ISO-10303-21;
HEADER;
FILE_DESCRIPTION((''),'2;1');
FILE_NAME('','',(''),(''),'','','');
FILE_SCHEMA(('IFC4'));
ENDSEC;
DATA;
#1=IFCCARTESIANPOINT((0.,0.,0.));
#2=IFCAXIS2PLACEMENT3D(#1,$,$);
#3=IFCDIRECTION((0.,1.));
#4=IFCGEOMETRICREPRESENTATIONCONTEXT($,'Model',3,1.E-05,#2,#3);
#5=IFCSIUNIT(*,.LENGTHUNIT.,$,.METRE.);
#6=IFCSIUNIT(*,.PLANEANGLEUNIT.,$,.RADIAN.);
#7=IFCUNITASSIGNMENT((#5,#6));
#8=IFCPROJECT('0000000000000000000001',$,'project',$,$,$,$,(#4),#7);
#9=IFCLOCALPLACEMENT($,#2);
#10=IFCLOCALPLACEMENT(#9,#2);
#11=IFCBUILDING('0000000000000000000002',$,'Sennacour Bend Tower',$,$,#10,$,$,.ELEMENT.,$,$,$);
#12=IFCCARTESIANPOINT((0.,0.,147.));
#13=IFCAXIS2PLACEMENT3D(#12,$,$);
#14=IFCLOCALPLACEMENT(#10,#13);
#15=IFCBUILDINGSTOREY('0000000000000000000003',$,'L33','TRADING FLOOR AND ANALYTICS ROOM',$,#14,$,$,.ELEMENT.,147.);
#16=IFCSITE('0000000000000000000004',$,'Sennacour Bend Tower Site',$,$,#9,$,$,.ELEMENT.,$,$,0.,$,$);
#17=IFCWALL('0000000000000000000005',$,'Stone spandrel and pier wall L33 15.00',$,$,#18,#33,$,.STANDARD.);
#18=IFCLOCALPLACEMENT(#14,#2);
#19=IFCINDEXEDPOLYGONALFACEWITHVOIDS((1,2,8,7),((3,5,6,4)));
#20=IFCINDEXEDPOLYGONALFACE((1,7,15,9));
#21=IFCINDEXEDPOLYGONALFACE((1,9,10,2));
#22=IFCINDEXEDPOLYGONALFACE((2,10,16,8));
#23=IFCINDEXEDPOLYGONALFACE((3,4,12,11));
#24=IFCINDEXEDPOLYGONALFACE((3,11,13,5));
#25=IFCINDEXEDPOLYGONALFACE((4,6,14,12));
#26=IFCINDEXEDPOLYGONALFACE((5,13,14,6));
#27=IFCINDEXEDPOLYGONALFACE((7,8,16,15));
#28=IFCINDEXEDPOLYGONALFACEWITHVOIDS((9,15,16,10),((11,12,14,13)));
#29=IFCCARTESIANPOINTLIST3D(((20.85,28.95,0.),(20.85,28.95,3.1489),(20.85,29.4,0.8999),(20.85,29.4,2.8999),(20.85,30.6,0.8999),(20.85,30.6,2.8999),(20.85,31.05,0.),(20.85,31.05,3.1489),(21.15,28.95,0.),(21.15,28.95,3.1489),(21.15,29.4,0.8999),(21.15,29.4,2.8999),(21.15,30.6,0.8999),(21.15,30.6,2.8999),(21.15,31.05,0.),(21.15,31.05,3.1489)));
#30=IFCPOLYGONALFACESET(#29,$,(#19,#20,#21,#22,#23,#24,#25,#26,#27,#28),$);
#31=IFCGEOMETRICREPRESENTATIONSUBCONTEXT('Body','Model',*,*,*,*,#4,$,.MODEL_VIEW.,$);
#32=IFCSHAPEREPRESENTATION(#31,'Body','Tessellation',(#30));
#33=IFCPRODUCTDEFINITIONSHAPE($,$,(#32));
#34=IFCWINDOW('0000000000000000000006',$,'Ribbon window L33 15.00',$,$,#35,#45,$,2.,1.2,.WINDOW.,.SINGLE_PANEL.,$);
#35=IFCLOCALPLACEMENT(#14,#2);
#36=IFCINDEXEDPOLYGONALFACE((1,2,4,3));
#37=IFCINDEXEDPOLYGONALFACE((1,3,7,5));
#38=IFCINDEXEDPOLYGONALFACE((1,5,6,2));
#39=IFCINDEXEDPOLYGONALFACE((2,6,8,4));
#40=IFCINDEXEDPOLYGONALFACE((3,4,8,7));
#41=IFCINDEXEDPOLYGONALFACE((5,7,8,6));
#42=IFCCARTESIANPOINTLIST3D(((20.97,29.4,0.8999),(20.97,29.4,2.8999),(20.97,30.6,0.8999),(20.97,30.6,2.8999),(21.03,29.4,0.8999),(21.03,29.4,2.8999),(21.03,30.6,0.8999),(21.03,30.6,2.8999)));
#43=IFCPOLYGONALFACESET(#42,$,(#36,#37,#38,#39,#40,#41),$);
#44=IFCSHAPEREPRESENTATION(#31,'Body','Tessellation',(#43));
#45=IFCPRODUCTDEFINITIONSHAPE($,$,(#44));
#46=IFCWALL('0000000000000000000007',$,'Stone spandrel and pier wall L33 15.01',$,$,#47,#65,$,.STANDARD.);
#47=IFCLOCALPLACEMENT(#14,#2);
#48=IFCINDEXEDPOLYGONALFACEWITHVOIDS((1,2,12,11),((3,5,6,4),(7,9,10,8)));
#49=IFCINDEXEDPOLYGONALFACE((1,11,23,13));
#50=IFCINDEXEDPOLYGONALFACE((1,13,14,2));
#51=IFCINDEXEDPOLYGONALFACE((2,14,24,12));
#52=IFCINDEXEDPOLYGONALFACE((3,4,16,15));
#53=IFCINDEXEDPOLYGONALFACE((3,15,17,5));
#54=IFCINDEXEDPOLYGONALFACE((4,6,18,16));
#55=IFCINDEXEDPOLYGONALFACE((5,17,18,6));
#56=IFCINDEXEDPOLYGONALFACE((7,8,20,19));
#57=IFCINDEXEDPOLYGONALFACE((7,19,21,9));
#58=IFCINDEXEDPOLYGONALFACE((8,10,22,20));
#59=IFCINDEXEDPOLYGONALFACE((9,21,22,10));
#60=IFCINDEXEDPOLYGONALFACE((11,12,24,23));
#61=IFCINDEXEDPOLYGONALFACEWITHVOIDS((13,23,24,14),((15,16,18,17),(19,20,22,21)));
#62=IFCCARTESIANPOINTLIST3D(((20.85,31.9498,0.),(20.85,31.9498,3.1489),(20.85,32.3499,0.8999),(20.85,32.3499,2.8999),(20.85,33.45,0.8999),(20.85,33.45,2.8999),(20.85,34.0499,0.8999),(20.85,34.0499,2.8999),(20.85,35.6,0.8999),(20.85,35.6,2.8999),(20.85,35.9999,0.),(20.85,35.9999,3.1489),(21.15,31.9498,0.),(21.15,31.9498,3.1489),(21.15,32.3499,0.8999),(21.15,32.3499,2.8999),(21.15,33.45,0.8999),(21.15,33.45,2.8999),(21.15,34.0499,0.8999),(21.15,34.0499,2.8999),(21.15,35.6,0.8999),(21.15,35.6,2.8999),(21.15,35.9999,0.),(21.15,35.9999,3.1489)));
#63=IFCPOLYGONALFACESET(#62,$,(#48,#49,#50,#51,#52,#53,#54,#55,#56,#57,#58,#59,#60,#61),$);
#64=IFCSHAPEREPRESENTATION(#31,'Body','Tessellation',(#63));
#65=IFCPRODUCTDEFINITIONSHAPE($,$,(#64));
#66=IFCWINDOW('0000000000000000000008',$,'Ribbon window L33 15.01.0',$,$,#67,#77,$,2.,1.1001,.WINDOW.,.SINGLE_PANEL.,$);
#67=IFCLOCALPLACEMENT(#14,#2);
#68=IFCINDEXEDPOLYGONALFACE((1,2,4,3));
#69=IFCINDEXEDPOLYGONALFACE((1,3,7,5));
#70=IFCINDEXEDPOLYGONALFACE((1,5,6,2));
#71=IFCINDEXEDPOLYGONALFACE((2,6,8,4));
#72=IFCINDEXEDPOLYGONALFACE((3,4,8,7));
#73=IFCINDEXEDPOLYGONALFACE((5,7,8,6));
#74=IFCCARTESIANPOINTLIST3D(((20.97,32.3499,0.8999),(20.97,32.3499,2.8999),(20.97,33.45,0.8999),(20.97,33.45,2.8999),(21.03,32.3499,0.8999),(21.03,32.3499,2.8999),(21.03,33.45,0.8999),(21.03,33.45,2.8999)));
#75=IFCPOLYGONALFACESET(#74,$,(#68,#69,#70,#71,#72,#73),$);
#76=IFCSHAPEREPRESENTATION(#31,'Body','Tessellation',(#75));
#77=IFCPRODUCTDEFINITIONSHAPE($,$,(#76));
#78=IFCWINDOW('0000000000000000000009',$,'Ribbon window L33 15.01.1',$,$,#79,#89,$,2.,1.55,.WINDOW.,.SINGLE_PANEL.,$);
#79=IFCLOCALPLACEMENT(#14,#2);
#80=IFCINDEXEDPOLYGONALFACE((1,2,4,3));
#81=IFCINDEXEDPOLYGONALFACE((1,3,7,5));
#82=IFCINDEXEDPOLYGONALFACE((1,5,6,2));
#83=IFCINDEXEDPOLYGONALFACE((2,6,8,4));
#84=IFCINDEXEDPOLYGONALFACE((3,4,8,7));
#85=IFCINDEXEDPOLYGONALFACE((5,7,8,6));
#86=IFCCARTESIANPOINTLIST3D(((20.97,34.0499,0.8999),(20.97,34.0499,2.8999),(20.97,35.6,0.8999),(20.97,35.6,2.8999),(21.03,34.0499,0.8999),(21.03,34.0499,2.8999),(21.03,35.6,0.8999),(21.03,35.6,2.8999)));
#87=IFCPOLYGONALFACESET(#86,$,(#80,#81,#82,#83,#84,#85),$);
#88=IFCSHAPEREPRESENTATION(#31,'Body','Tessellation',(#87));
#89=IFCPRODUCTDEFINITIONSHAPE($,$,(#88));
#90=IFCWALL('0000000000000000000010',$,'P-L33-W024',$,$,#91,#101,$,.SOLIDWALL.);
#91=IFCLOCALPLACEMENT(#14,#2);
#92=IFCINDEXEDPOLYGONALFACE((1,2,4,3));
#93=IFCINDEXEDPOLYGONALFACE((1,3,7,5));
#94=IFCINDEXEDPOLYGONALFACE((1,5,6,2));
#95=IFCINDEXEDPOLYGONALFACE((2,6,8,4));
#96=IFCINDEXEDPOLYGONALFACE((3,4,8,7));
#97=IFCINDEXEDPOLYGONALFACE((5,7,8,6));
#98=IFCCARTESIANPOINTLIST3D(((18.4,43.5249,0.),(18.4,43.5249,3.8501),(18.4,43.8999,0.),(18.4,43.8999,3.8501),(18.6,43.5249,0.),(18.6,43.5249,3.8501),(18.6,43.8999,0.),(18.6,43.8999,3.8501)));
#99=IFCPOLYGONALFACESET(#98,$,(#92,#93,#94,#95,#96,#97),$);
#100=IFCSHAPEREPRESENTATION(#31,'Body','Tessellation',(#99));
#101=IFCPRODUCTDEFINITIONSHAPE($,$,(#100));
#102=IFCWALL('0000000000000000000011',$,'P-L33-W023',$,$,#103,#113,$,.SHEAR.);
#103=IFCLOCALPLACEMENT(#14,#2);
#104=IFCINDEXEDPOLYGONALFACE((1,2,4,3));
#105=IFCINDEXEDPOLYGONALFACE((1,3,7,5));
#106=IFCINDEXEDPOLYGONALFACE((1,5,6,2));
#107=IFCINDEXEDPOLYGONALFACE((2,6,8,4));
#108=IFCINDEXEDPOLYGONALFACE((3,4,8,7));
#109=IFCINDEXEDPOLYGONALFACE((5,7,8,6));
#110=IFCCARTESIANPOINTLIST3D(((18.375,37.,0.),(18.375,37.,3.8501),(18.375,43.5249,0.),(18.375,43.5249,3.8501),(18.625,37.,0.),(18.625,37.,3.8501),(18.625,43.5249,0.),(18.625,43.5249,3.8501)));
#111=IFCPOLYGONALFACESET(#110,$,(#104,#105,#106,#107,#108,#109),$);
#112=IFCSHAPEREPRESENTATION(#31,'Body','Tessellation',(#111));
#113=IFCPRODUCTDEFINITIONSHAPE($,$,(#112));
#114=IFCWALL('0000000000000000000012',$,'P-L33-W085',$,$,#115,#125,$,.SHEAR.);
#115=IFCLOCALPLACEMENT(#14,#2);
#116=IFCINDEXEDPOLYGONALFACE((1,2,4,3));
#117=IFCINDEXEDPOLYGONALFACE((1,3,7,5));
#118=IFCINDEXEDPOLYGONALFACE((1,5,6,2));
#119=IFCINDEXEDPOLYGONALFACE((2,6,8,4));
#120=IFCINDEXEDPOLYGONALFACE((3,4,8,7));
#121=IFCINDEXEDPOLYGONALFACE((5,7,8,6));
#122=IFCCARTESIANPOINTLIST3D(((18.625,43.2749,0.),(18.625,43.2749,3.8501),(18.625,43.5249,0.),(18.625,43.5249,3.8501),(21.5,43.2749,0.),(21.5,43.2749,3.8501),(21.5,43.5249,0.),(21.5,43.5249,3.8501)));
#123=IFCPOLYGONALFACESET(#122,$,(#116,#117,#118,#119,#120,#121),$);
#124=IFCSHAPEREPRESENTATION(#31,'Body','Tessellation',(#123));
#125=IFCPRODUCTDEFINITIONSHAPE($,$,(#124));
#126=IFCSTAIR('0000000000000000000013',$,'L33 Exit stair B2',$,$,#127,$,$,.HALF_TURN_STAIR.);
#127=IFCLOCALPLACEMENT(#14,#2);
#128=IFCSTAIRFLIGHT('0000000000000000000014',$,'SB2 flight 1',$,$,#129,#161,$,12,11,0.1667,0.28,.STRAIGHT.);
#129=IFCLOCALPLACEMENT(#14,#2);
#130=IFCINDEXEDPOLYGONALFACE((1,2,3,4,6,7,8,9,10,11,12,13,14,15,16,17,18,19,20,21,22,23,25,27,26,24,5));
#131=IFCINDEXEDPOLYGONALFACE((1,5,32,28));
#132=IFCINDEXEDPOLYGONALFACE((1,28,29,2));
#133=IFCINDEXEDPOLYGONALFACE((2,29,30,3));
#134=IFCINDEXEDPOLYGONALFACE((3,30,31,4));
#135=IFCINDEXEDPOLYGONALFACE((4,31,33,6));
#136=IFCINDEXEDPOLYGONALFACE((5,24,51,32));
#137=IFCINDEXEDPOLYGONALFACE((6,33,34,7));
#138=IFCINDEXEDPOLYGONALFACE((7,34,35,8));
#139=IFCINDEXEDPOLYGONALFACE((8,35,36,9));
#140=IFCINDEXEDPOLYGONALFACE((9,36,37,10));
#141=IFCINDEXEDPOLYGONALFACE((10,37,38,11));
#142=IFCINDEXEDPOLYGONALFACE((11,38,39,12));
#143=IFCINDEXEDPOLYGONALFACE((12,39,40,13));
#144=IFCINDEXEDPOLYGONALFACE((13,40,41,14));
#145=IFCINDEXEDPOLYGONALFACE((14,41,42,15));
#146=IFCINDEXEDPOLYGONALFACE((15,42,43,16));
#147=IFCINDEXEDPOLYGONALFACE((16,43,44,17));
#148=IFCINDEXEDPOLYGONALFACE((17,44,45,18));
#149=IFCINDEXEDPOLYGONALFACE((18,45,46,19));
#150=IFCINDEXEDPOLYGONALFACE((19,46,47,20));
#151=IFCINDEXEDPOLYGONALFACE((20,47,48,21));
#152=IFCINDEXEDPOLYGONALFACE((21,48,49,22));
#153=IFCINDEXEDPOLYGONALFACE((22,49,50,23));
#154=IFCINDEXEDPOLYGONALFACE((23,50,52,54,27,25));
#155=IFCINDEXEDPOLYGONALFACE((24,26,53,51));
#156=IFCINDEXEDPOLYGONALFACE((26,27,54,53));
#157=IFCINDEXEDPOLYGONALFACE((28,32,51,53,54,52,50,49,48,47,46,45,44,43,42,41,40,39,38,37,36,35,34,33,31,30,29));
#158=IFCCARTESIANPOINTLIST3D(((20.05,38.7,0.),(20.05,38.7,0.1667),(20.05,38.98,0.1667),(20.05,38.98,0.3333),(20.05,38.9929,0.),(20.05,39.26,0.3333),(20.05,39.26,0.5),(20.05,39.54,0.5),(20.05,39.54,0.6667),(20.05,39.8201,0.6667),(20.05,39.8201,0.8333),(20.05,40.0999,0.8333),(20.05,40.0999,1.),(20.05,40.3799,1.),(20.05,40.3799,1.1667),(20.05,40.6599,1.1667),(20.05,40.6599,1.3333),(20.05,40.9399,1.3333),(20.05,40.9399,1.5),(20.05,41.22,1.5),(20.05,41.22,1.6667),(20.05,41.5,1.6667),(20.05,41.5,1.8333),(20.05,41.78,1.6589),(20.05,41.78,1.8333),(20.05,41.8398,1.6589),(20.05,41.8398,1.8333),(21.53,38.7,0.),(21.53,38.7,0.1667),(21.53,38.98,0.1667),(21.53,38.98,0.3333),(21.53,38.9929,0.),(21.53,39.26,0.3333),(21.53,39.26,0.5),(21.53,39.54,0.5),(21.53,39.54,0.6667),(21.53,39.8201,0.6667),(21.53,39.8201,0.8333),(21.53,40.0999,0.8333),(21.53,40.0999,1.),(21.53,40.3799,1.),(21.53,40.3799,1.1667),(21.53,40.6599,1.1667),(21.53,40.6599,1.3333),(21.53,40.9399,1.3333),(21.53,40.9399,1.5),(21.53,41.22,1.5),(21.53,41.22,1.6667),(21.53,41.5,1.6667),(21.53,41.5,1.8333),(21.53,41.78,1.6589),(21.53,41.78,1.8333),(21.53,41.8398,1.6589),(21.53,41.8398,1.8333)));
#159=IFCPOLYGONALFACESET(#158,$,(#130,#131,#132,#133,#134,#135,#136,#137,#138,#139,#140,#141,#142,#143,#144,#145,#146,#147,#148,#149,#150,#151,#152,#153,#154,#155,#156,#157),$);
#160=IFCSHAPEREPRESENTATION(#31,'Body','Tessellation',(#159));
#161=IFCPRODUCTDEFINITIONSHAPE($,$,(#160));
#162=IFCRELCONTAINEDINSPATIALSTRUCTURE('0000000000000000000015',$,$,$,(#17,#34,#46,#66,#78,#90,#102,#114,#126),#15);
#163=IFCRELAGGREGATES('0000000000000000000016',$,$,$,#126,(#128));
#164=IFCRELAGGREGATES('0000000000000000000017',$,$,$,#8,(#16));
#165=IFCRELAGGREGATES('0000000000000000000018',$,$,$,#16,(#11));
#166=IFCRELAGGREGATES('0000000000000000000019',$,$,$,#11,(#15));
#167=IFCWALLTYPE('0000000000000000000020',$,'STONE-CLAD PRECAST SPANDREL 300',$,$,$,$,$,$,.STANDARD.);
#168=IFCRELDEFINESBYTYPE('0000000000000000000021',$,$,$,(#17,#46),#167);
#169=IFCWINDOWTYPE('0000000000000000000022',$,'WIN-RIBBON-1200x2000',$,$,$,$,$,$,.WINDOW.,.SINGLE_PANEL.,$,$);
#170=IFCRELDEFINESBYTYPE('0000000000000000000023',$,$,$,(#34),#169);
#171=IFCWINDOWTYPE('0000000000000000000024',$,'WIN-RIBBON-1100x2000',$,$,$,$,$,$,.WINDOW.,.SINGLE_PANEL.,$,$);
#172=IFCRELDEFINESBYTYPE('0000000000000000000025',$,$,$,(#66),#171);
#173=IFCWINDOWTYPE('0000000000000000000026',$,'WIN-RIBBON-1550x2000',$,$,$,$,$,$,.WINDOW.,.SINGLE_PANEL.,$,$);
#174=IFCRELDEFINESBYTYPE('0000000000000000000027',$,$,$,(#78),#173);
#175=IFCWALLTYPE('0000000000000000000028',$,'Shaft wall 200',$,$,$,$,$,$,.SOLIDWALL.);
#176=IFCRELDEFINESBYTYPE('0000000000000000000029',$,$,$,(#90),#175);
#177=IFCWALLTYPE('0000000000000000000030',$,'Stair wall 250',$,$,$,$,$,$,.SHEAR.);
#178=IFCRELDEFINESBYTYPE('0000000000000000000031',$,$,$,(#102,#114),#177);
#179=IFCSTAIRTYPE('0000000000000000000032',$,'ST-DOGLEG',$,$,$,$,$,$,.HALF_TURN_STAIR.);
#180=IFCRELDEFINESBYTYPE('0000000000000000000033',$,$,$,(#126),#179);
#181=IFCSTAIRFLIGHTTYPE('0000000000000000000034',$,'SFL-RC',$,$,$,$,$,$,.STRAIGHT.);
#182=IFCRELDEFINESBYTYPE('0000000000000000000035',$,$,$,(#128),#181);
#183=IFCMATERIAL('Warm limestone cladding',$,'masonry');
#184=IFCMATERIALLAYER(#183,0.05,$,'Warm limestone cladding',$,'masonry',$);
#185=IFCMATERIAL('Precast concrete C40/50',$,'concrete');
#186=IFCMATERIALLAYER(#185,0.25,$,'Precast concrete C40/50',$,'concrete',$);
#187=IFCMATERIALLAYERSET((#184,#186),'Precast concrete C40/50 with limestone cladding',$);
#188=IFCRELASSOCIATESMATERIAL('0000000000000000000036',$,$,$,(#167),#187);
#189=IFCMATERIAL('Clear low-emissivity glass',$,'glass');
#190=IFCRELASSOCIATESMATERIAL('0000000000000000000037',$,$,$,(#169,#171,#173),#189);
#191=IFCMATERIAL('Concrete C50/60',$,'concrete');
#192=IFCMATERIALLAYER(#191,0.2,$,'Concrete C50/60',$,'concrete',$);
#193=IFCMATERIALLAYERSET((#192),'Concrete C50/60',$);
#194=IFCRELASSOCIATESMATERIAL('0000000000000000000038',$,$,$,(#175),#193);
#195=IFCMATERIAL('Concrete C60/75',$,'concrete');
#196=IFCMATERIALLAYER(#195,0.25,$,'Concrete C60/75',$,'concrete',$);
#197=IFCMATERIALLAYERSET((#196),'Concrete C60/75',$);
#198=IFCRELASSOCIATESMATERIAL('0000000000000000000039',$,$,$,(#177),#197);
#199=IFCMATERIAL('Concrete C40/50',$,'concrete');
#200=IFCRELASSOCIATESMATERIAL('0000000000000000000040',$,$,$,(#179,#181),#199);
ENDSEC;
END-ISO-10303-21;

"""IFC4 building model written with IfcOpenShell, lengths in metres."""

from ifc_helpers import new_model, si_unit, direction, frame, frame_2d, origin, place, context, subcontext, project, spatial, polyline, rectangle, outline, extrude, material, layer, layer_set, type_object, element, fill, aggregate, save


model = new_model("IFC4")

# Units and contexts
model_context = context("Model", 3, precision=1e-05, world=origin(), true_north=direction((0.0, 1.0)))
body_context = subcontext(model_context, "Body", "Model", "MODEL_VIEW")
ifc_project = project(units=[si_unit("LENGTHUNIT", "METRE"), si_unit("PLANEANGLEUNIT", "RADIAN")], contexts=[model_context])

# Site, building, storey
site_placement = place(None, origin())
site = spatial("IfcSite", under=ifc_project, at=site_placement, Name="Sennacour Bend Tower Site", CompositionType="ELEMENT", RefElevation=0.0)
building_placement = place(site_placement, origin())
building = spatial("IfcBuilding", under=site, at=building_placement, Name="Sennacour Bend Tower", CompositionType="ELEMENT")
storey_placement = place(building_placement, frame((0.0, 0.0, 147.0)))
storey = spatial("IfcBuildingStorey", under=building, at=storey_placement, Name="L33", Description="TRADING FLOOR AND ANALYTICS ROOM", CompositionType="ELEMENT", Elevation=147.0)

# Wall, opening, window
ifc_material_1 = material(Name="Warm limestone cladding", Category="masonry")
ifc_layer_1 = layer(ifc_material_1, 0.05, Name="Warm limestone cladding", Category="masonry")
ifc_material_2 = material(Name="Precast concrete C40/50", Category="concrete")
ifc_layer_2 = layer(ifc_material_2, 0.25, Name="Precast concrete C40/50", Category="concrete")
ifc_layer_set_1 = layer_set([ifc_layer_1, ifc_layer_2], Name="Precast concrete C40/50 with limestone cladding")
wall_type_1 = type_object("IfcWallType", Name="STONE-CLAD PRECAST SPANDREL 300", PredefinedType="STANDARD", material=ifc_layer_set_1)
wall_1_placement = place(storey_placement, frame((21.0, 28.95, 0.0), z_axis=(0.0, 0.0, 1.0), x_axis=(0.0, 1.0, 0.0)))
wall_1 = element("IfcWall", 1, at=wall_1_placement, inside=storey, type_object=wall_type_1, Name="Stone spandrel and pier wall L33 15.00", PredefinedType="STANDARD", context=body_context, shape_type="SweptSolid", body=[
    extrude(rectangle(XDim=2.1001, YDim=0.3, at=frame_2d((1.05, 0.0))), origin(), (0.0, 0.0, 1.0), 3.1489),
])
opening_1_placement = place(wall_1_placement, frame((0.45, 0.0, 0.8999)))
opening_1 = element("IfcOpeningElement", 2, at=opening_1_placement, cuts=wall_1, PredefinedType="OPENING", context=body_context, shape_type="SweptSolid", body=[
    extrude(rectangle(XDim=1.2, YDim=2.0, at=frame_2d((0.6001, 1.0))), frame((0.0, 0.1602, 0.0), z_axis=(0.0, -1.0, 0.0), x_axis=(1.0, 0.0, 0.0)), (0.0, 0.0, 1.0), 0.3201),
])
ifc_material_3 = material(Name="Clear low-emissivity glass", Category="glass")
window_type_1 = type_object("IfcWindowType", Name="WIN-RIBBON-1200x2000", PartitioningType="SINGLE_PANEL", PredefinedType="WINDOW", material=ifc_material_3)
window_1_placement = place(opening_1_placement, origin())
window_1 = element("IfcWindow", 3, at=window_1_placement, inside=storey, type_object=window_type_1, Name="Ribbon window L33 15.00", OverallHeight=2.0, OverallWidth=1.2, PartitioningType="SINGLE_PANEL", PredefinedType="WINDOW", context=body_context, shape_type="SweptSolid", body=[
    extrude(rectangle(XDim=1.2, YDim=2.0, at=frame_2d((0.6001, 1.0))), frame((0.0, 0.03, 0.0), z_axis=(0.0, -1.0, 0.0), x_axis=(1.0, 0.0, 0.0)), (0.0, 0.0, 1.0), 0.0601),
])
fill(opening_1, window_1)

# Wall, openings, windows
wall_2_placement = place(storey_placement, frame((21.0, 31.95, 0.0), z_axis=(0.0, 0.0, 1.0), x_axis=(0.0, 1.0, 0.0)))
wall_2 = element("IfcWall", 4, at=wall_2_placement, inside=storey, type_object=wall_type_1, Name="Stone spandrel and pier wall L33 15.01", PredefinedType="STANDARD", context=body_context, shape_type="SweptSolid", body=[
    extrude(rectangle(XDim=4.05, YDim=0.3, at=frame_2d((2.0249, 0.0))), origin(), (0.0, 0.0, 1.0), 3.1489),
])
opening_2_placement = place(wall_2_placement, frame((0.3999, 0.0, 0.8999)))
opening_2 = element("IfcOpeningElement", 5, at=opening_2_placement, cuts=wall_2, PredefinedType="OPENING", context=body_context, shape_type="SweptSolid", body=[
    extrude(rectangle(XDim=1.1001, YDim=2.0, at=frame_2d((0.55, 1.0))), frame((0.0, 0.1602, 0.0), z_axis=(0.0, -1.0, 0.0), x_axis=(1.0, 0.0, 0.0)), (0.0, 0.0, 1.0), 0.3201),
])
opening_3_placement = place(wall_2_placement, frame((2.1001, 0.0, 0.8999)))
opening_3 = element("IfcOpeningElement", 6, at=opening_3_placement, cuts=wall_2, PredefinedType="OPENING", context=body_context, shape_type="SweptSolid", body=[
    extrude(rectangle(XDim=1.55, YDim=2.0, at=frame_2d((0.7749, 1.0))), frame((0.0, 0.1602, 0.0), z_axis=(0.0, -1.0, 0.0), x_axis=(1.0, 0.0, 0.0)), (0.0, 0.0, 1.0), 0.3201),
])
window_type_2 = type_object("IfcWindowType", Name="WIN-RIBBON-1100x2000", PartitioningType="SINGLE_PANEL", PredefinedType="WINDOW", material=ifc_material_3)
window_2_placement = place(opening_2_placement, origin())
window_2 = element("IfcWindow", 7, at=window_2_placement, inside=storey, type_object=window_type_2, Name="Ribbon window L33 15.01.0", OverallHeight=2.0, OverallWidth=1.1001, PartitioningType="SINGLE_PANEL", PredefinedType="WINDOW", context=body_context, shape_type="SweptSolid", body=[
    extrude(rectangle(XDim=1.1001, YDim=2.0, at=frame_2d((0.55, 1.0))), frame((0.0, 0.03, 0.0), z_axis=(0.0, -1.0, 0.0), x_axis=(1.0, 0.0, 0.0)), (0.0, 0.0, 1.0), 0.0601),
])
fill(opening_2, window_2)
window_type_3 = type_object("IfcWindowType", Name="WIN-RIBBON-1550x2000", PartitioningType="SINGLE_PANEL", PredefinedType="WINDOW", material=ifc_material_3)
window_3_placement = place(opening_3_placement, origin())
window_3 = element("IfcWindow", 8, at=window_3_placement, inside=storey, type_object=window_type_3, Name="Ribbon window L33 15.01.1", OverallHeight=2.0, OverallWidth=1.55, PartitioningType="SINGLE_PANEL", PredefinedType="WINDOW", context=body_context, shape_type="SweptSolid", body=[
    extrude(rectangle(XDim=1.55, YDim=2.0, at=frame_2d((0.7749, 1.0))), frame((0.0, 0.03, 0.0), z_axis=(0.0, -1.0, 0.0), x_axis=(1.0, 0.0, 0.0)), (0.0, 0.0, 1.0), 0.0601),
])
fill(opening_3, window_3)

# Walls
ifc_material_4 = material(Name="Concrete C50/60", Category="concrete")
ifc_layer_3 = layer(ifc_material_4, 0.2, Name="Concrete C50/60", Category="concrete")
ifc_layer_set_2 = layer_set([ifc_layer_3], Name="Concrete C50/60")
wall_type_2 = type_object("IfcWallType", Name="Shaft wall 200", PredefinedType="SOLIDWALL", material=ifc_layer_set_2)
wall_3_placement = place(storey_placement, frame((18.5, 43.5249, 0.0), z_axis=(0.0, 0.0, 1.0), x_axis=(0.0, 1.0, 0.0)))
element("IfcWall", 9, at=wall_3_placement, inside=storey, type_object=wall_type_2, Name="P-L33-W024", PredefinedType="SOLIDWALL", context=body_context, shape_type="SweptSolid", body=[
    extrude(rectangle(XDim=0.375, YDim=0.2, at=frame_2d((0.1875, 0.0))), origin(), (0.0, 0.0, 1.0), 3.8501),
])
ifc_material_5 = material(Name="Concrete C60/75", Category="concrete")
ifc_layer_4 = layer(ifc_material_5, 0.25, Name="Concrete C60/75", Category="concrete")
ifc_layer_set_3 = layer_set([ifc_layer_4], Name="Concrete C60/75")
wall_type_3 = type_object("IfcWallType", Name="Stair wall 250", PredefinedType="SHEAR", material=ifc_layer_set_3)
wall_4_placement = place(storey_placement, frame((18.5, 37.0, 0.0), z_axis=(0.0, 0.0, 1.0), x_axis=(0.0, 1.0, 0.0)))
element("IfcWall", 10, at=wall_4_placement, inside=storey, type_object=wall_type_3, Name="P-L33-W023", PredefinedType="SHEAR", context=body_context, shape_type="SweptSolid", body=[
    extrude(rectangle(XDim=6.5249, YDim=0.25, at=frame_2d((3.2625, 0.0))), origin(), (0.0, 0.0, 1.0), 3.8501),
])
wall_5_placement = place(storey_placement, frame((18.625, 43.3999, 0.0), z_axis=(0.0, 0.0, 1.0), x_axis=(1.0, 0.0, 0.0)))
element("IfcWall", 11, at=wall_5_placement, inside=storey, type_object=wall_type_3, Name="P-L33-W085", PredefinedType="SHEAR", context=body_context, shape_type="SweptSolid", body=[
    extrude(rectangle(XDim=2.875, YDim=0.25, at=frame_2d((1.4375, 0.0))), origin(), (0.0, 0.0, 1.0), 3.8501),
])

# Stair, stair flight
ifc_material_6 = material(Name="Concrete C40/50", Category="concrete")
stair_type = type_object("IfcStairType", Name="ST-DOGLEG", PredefinedType="HALF_TURN_STAIR", material=ifc_material_6)
stair_placement = place(storey_placement, origin())
stair = element("IfcStair", 12, at=stair_placement, inside=storey, type_object=stair_type, Name="L33 Exit stair B2", PredefinedType="HALF_TURN_STAIR")
stair_flight_type = type_object("IfcStairFlightType", Name="SFL-RC", PredefinedType="STRAIGHT", material=ifc_material_6)
stair_flight_1_placement = place(storey_placement, frame((20.79, 38.7, 0.0), z_axis=(0.0, 0.0, 1.0), x_axis=(0.0, 1.0, 0.0)))
stair_flight_1 = element("IfcStairFlight", 13, at=stair_flight_1_placement, type_object=stair_flight_type, Name="SB2 flight 1", NumberOfRisers=12, NumberOfTreads=11, PredefinedType="STRAIGHT", RiserHeight=0.1667, TreadLength=0.28, context=body_context, shape_type="SweptSolid", body=[
    extrude(outline(polyline([(0.0, 0.0), (0.0, 0.1667), (0.28, 0.1667), (0.28, 0.3333), (0.5601, 0.3333), (0.5601, 0.5), (0.8401, 0.5), (0.8401, 0.6667), (1.1201, 0.6667), (1.1201, 0.8333), (1.3999, 0.8333), (1.3999, 1.0), (1.6799, 1.0), (1.6799, 1.1667), (1.96, 1.1667), (1.96, 1.3333), (2.24, 1.3333), (2.24, 1.5), (2.52, 1.5), (2.52, 1.6667), (2.8, 1.6667), (2.8, 1.8333), (3.0801, 1.8333), (3.1399, 1.8333), (3.1399, 1.6589), (3.0801, 1.6589), (0.293, 0.0), (0.0, 0.0)])), frame((0.0, 0.74, 0.0), z_axis=(0.0, -1.0, 0.0), x_axis=(1.0, 0.0, 0.0)), (0.0, 0.0, 1.0), 1.48),
])
aggregate(stair, [stair_flight_1])

save(model, "model.ifc")
